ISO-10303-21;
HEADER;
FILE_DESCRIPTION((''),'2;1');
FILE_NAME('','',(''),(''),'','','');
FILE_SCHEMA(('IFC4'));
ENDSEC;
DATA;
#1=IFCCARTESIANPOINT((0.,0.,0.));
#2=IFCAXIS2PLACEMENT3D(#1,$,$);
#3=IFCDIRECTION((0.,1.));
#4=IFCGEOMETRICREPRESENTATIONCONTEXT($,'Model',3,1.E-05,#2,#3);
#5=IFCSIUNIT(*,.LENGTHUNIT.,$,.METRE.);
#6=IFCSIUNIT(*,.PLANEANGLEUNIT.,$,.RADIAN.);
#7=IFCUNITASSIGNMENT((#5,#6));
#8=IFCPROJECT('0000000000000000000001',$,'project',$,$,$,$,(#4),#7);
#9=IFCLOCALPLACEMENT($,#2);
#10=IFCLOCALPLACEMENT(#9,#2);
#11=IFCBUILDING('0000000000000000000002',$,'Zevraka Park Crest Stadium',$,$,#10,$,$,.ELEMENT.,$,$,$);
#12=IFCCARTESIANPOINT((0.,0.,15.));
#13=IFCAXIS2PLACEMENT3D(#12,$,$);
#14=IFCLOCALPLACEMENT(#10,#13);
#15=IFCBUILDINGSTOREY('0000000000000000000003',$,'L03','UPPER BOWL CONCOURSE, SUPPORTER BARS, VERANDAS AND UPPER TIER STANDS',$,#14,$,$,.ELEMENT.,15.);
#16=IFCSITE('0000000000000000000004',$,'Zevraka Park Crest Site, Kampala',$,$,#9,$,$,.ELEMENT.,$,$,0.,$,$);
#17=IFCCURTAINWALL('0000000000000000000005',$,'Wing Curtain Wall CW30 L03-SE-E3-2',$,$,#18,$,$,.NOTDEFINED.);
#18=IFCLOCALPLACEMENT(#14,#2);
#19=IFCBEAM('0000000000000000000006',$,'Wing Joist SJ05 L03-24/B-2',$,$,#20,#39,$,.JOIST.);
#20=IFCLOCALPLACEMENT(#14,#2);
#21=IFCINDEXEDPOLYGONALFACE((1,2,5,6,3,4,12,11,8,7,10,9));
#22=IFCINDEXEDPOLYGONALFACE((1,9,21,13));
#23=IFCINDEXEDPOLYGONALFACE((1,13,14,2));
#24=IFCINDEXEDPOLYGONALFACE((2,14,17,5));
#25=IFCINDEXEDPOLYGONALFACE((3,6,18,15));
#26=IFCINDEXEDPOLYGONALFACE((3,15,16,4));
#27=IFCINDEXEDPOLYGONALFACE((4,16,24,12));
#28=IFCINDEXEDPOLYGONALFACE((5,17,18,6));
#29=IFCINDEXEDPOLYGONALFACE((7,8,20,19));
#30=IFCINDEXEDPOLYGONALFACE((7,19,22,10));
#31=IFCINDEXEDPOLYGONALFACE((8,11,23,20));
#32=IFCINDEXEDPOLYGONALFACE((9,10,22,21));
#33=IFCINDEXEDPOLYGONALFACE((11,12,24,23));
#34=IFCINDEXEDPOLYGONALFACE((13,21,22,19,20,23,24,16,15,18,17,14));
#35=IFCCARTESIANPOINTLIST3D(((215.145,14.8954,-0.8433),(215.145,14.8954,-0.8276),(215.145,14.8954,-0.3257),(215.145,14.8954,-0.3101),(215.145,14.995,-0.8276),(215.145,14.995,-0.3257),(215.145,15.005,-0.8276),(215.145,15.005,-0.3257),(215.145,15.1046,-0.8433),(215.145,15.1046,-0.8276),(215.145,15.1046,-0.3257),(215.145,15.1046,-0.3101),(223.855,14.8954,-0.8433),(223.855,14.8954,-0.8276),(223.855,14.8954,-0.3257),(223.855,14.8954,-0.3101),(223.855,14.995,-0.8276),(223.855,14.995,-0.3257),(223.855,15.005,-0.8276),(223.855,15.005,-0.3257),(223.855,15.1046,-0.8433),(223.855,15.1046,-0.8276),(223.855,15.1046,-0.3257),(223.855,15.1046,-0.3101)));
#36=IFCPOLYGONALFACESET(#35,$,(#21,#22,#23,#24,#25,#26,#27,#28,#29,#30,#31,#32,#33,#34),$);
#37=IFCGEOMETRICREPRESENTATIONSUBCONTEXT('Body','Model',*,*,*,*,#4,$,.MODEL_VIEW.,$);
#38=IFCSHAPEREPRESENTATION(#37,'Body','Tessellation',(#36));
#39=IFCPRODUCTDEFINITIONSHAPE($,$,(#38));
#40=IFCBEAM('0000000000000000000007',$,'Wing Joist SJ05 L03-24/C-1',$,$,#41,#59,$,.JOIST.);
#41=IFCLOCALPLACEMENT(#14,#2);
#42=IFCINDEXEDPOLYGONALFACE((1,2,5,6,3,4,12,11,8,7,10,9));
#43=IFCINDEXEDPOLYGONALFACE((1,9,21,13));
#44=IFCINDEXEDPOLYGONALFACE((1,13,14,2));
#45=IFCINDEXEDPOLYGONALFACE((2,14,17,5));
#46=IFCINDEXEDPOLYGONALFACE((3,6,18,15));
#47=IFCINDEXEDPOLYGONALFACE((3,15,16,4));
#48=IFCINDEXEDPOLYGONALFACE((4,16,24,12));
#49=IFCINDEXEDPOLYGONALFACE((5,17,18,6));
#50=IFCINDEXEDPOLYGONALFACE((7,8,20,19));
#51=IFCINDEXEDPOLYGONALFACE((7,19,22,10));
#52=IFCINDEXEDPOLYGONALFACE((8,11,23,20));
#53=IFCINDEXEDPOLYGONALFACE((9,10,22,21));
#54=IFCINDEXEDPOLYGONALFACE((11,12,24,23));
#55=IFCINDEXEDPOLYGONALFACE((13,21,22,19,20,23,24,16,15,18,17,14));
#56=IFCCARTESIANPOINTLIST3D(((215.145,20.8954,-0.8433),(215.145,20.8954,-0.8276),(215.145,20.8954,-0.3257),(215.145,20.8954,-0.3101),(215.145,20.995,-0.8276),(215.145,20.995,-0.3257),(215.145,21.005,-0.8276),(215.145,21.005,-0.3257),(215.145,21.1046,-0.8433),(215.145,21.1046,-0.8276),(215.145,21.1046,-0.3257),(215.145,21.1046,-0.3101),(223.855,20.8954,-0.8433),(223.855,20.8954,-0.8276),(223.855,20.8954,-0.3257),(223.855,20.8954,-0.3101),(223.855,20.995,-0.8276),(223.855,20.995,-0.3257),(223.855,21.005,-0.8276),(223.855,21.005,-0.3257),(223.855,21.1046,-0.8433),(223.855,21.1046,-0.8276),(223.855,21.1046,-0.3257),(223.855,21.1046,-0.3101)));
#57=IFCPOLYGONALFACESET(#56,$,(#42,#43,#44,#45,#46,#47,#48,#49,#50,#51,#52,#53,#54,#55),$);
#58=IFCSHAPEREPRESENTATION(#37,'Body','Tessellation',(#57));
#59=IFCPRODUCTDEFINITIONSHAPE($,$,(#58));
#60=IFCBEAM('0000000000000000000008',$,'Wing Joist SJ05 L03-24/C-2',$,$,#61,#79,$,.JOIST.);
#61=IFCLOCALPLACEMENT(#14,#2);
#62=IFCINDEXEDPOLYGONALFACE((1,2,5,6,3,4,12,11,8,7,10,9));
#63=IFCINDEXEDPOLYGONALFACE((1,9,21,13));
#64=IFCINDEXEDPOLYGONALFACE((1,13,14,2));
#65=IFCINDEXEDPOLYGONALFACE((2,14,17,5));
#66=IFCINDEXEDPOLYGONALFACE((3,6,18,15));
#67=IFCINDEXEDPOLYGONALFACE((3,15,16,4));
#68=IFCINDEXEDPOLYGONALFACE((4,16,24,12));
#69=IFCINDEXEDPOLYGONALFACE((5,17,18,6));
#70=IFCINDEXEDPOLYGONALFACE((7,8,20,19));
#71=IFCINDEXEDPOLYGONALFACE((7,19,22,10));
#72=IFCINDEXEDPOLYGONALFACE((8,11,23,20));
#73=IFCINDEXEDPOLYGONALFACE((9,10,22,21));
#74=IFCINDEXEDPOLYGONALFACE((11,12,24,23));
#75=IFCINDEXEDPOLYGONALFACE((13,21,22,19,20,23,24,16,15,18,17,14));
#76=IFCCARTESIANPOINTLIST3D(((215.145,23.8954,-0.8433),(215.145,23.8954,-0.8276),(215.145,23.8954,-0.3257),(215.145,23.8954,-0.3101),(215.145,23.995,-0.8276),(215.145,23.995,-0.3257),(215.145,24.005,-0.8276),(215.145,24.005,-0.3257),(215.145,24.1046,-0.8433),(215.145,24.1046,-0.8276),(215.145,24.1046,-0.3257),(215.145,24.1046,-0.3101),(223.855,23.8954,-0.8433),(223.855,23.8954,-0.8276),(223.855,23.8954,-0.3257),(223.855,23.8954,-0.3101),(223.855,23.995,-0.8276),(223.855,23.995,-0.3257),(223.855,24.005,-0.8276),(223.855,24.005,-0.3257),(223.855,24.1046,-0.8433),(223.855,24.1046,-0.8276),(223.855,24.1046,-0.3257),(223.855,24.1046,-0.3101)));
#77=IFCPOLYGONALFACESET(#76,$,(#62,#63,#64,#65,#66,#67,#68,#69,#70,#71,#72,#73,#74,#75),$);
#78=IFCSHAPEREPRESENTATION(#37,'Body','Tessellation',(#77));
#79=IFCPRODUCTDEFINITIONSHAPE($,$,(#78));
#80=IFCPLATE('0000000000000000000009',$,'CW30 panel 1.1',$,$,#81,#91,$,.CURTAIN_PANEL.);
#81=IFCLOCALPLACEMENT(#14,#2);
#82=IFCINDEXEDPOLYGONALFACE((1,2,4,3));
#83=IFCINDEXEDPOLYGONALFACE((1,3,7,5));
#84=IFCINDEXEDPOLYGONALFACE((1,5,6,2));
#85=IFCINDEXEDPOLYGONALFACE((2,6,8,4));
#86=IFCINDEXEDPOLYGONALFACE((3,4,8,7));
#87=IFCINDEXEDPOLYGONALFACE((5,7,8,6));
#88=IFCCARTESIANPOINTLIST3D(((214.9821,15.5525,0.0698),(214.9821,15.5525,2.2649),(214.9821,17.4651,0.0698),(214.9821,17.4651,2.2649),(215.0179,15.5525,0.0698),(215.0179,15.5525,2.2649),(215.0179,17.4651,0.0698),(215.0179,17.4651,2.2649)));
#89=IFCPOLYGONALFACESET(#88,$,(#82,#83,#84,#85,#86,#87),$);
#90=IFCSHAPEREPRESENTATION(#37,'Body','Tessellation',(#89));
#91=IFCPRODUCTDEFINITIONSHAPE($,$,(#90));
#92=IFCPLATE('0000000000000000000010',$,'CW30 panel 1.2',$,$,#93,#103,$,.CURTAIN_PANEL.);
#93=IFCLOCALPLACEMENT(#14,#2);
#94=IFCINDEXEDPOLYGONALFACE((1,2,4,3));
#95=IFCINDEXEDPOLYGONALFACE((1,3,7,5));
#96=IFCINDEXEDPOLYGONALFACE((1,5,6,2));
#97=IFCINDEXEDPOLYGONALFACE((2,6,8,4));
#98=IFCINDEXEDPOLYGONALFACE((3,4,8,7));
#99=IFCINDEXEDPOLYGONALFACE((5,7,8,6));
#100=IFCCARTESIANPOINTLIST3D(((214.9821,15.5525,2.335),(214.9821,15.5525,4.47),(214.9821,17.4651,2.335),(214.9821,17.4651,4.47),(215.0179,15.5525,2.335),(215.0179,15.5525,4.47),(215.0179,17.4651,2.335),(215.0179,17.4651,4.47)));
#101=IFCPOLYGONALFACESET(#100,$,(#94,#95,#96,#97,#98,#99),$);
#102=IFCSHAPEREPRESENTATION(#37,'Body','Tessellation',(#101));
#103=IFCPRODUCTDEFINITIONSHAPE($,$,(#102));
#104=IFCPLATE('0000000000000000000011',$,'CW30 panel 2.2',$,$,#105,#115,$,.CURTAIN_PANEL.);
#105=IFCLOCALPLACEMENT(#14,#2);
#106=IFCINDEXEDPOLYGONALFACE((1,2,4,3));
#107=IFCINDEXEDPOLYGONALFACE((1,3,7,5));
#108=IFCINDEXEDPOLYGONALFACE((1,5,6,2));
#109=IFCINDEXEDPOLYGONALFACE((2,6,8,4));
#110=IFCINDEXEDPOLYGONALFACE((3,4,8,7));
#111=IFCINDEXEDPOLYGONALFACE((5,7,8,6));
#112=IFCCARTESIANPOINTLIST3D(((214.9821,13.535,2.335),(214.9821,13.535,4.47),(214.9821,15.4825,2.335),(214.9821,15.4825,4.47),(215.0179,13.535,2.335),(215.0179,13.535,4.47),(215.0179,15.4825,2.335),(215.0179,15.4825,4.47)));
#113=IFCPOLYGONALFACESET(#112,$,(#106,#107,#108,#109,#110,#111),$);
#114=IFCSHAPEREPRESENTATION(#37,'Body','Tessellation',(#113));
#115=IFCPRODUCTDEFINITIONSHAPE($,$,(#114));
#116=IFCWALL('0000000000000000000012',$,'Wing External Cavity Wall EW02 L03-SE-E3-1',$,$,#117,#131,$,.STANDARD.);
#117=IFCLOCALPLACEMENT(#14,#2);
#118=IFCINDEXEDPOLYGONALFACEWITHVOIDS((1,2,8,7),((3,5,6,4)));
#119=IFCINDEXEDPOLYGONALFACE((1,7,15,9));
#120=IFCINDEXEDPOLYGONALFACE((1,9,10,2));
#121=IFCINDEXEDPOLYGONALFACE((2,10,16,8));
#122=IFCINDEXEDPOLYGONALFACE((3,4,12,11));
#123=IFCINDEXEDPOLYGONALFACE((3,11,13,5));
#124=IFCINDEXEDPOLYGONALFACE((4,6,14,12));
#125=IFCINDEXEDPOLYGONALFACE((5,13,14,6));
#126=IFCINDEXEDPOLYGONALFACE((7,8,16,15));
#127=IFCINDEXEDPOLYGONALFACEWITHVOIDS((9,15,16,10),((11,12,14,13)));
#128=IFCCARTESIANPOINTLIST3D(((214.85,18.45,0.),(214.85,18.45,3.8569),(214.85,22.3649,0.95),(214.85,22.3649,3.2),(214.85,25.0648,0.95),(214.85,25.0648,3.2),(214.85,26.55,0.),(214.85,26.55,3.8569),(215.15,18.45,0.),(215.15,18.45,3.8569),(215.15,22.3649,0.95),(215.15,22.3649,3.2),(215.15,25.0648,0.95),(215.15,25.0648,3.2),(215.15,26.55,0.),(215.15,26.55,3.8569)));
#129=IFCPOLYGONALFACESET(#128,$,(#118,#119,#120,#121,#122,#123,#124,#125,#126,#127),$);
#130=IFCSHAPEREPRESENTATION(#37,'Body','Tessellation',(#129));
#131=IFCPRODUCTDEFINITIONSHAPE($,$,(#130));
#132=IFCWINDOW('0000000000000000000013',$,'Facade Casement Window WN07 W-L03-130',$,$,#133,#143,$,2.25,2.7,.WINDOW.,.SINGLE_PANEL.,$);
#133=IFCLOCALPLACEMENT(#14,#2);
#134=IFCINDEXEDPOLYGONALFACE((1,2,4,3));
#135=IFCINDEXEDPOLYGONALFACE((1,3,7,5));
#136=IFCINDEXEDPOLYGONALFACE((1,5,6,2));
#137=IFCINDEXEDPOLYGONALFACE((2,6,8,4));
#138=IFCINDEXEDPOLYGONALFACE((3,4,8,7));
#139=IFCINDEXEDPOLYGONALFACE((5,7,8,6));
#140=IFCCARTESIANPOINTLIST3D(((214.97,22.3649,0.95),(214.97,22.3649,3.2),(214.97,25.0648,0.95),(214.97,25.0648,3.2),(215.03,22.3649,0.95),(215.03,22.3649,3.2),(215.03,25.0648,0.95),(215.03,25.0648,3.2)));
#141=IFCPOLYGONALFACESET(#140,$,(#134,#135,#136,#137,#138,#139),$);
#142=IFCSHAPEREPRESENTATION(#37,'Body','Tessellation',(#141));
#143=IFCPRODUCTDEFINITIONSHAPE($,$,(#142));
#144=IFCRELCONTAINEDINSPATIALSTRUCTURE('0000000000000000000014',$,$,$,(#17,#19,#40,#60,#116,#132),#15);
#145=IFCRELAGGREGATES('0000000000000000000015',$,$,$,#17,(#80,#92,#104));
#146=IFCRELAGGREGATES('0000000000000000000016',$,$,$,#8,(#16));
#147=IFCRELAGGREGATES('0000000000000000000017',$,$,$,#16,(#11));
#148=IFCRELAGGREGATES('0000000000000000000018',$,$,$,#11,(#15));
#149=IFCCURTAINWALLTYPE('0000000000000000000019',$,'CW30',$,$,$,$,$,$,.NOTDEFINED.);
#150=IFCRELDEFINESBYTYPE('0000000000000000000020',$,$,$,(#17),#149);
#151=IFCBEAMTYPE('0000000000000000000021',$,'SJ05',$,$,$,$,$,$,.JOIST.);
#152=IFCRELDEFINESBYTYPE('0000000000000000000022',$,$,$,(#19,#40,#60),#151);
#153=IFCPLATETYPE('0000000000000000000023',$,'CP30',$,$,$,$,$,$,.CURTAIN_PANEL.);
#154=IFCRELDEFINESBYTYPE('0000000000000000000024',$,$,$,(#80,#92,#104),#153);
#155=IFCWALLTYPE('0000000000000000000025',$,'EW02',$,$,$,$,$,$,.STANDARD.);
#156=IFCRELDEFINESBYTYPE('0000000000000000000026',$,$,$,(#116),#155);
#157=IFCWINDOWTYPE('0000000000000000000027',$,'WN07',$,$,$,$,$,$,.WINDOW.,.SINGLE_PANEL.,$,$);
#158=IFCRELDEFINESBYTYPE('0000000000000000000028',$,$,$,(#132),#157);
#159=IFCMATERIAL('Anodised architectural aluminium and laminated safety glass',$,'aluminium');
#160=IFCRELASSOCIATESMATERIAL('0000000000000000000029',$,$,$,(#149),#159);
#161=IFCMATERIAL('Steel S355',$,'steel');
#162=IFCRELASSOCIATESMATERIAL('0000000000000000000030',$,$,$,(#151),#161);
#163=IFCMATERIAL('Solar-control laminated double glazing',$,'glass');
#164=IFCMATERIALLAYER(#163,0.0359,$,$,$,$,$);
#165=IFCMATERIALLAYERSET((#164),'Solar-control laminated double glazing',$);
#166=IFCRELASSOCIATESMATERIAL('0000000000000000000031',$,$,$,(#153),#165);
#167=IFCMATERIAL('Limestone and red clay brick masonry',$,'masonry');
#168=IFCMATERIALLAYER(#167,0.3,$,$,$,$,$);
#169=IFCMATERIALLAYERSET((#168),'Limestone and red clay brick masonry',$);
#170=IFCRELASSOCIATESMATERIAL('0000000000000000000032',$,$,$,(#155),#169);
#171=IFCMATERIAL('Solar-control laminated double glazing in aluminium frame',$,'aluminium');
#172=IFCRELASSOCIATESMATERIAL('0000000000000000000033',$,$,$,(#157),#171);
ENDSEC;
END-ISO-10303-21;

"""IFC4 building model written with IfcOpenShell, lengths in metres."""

from ifc_helpers import new_model, si_unit, direction, frame, frame_2d, origin, origin_2d, place, context, subcontext, project, spatial, rectangle, i_section, extrude, material, layer, layer_set, material_profile, profile_set, type_object, element, fill, aggregate, save


model = new_model("IFC4")

# Units and contexts
model_context = context("Model", 3, precision=1e-05, world=origin(), true_north=direction((0.0, 1.0)))
body_context = subcontext(model_context, "Body", "Model", "MODEL_VIEW")
ifc_project = project(units=[si_unit("LENGTHUNIT", "METRE"), si_unit("PLANEANGLEUNIT", "RADIAN")], contexts=[model_context])

# Site, building, storey
site_placement = place(None, origin())
site = spatial("IfcSite", under=ifc_project, at=site_placement, Name="Zevraka Park Crest Site, Kampala", CompositionType="ELEMENT", RefElevation=0.0)
building_placement = place(site_placement, origin())
building = spatial("IfcBuilding", under=site, at=building_placement, Name="Zevraka Park Crest Stadium", CompositionType="ELEMENT")
storey_placement = place(building_placement, frame((0.0, 0.0, 15.0)))
storey = spatial("IfcBuildingStorey", under=building, at=storey_placement, Name="L03", Description="UPPER BOWL CONCOURSE, SUPPORTER BARS, VERANDAS AND UPPER TIER STANDS", CompositionType="ELEMENT", Elevation=15.0)

# Curtain wall
ifc_material_1 = material(Name="Anodised architectural aluminium and laminated safety glass", Category="aluminium")
curtain_wall_type = type_object("IfcCurtainWallType", Name="CW30", PredefinedType="NOTDEFINED", material=ifc_material_1)
curtain_wall_placement = place(storey_placement, origin())
curtain_wall = element("IfcCurtainWall", 1, at=curtain_wall_placement, inside=storey, type_object=curtain_wall_type, Name="Wing Curtain Wall CW30 L03-SE-E3-2", PredefinedType="NOTDEFINED")

# Beams
ifc_material_2 = material(Name="Steel S355", Category="steel")
ifc_material_profile_1 = material_profile(ifc_material_2, i_section(OverallWidth=0.2092, OverallDepth=0.5332, WebThickness=0.01, FlangeThickness=0.0156, at=origin_2d()), Name="UKB 533x210x92")
ifc_profile_set_1 = profile_set([ifc_material_profile_1], Name="Steel S355")
beam_type_1 = type_object("IfcBeamType", Name="SJ05", PredefinedType="JOIST", material=ifc_profile_set_1)
for number, where, z_axis, x_axis, name in (
    (2, (215.145, 15.0, -0.5767), (1.0, 0.0, 0.0), (0.0, 1.0, 0.0), "Wing Joist SJ05 L03-24/B-2"),
    (3, (215.145, 21.0, -0.5767), (1.0, 0.0, 0.0), (0.0, 1.0, 0.0), "Wing Joist SJ05 L03-24/C-1"),
    (4, (215.145, 24.0, -0.5767), (1.0, 0.0, 0.0), (0.0, 1.0, 0.0), "Wing Joist SJ05 L03-24/C-2"),
):
    element("IfcBeam", number, at=place(storey_placement, frame(where, z_axis=z_axis, x_axis=x_axis)), inside=storey, type_object=beam_type_1, Name=name, PredefinedType="JOIST", context=body_context, shape_type="SweptSolid", body=[
        extrude(i_section(OverallWidth=0.2092, OverallDepth=0.5332, WebThickness=0.01, FlangeThickness=0.0156, at=origin_2d()), origin(), (0.0, 0.0, 1.0), 8.71),
    ])

# Plates
ifc_material_3 = material(Name="Solar-control laminated double glazing", Category="glass")
ifc_layer_1 = layer(ifc_material_3, 0.0359)
ifc_layer_set_1 = layer_set([ifc_layer_1], Name="Solar-control laminated double glazing")
plate_type = type_object("IfcPlateType", Name="CP30", PredefinedType="CURTAIN_PANEL", material=ifc_layer_set_1)
plate_1_placement = place(storey_placement, frame((215.0, 16.5088, 0.0698), z_axis=(0.0, 0.0, 1.0), x_axis=(0.0, -1.0, 0.0)))
plate_1 = element("IfcPlate", 5, at=plate_1_placement, type_object=plate_type, Name="CW30 panel 1.1", PredefinedType="CURTAIN_PANEL", context=body_context, shape_type="SweptSolid", body=[
    extrude(rectangle(XDim=1.9126, YDim=0.0359, at=origin_2d()), origin(), (0.0, 0.0, 1.0), 2.1951),
])
plate_2_placement = place(storey_placement, frame((215.0, 16.5088, 2.335), z_axis=(0.0, 0.0, 1.0), x_axis=(0.0, -1.0, 0.0)))
plate_2 = element("IfcPlate", 6, at=plate_2_placement, type_object=plate_type, Name="CW30 panel 1.2", PredefinedType="CURTAIN_PANEL", context=body_context, shape_type="SweptSolid", body=[
    extrude(rectangle(XDim=1.9126, YDim=0.0359, at=origin_2d()), origin(), (0.0, 0.0, 1.0), 2.135),
])
plate_3_placement = place(storey_placement, frame((215.0, 14.5088, 2.335), z_axis=(0.0, 0.0, 1.0), x_axis=(0.0, -1.0, 0.0)))
plate_3 = element("IfcPlate", 7, at=plate_3_placement, type_object=plate_type, Name="CW30 panel 2.2", PredefinedType="CURTAIN_PANEL", context=body_context, shape_type="SweptSolid", body=[
    extrude(rectangle(XDim=1.9475, YDim=0.0359, at=origin_2d()), origin(), (0.0, 0.0, 1.0), 2.135),
])
aggregate(curtain_wall, [plate_1, plate_2, plate_3])

# Wall, opening, window
ifc_material_4 = material(Name="Limestone and red clay brick masonry", Category="masonry")
ifc_layer_2 = layer(ifc_material_4, 0.3)
ifc_layer_set_2 = layer_set([ifc_layer_2], Name="Limestone and red clay brick masonry")
wall_type = type_object("IfcWallType", Name="EW02", PredefinedType="STANDARD", material=ifc_layer_set_2)
wall_placement = place(storey_placement, frame((215.0, 26.55, 0.0), z_axis=(0.0, 0.0, 1.0), x_axis=(0.0, -1.0, 0.0)))
wall = element("IfcWall", 8, at=wall_placement, inside=storey, type_object=wall_type, Name="Wing External Cavity Wall EW02 L03-SE-E3-1", PredefinedType="STANDARD", context=body_context, shape_type="SweptSolid", body=[
    extrude(rectangle(XDim=8.1001, YDim=0.3, at=frame_2d((4.05, 0.0))), origin(), (0.0, 0.0, 1.0), 3.8569),
])
opening_placement = place(wall_placement, frame((1.4851, 0.0, 0.95)))
opening = element("IfcOpeningElement", 9, at=opening_placement, cuts=wall, PredefinedType="OPENING", context=body_context, shape_type="SweptSolid", body=[
    extrude(rectangle(XDim=2.7, YDim=2.25, at=frame_2d((1.3501, 1.125))), frame((0.0, 0.1599, 0.0), z_axis=(0.0, -1.0, 0.0), x_axis=(1.0, 0.0, 0.0)), (0.0, 0.0, 1.0), 0.3201),
])
ifc_material_5 = material(Name="Solar-control laminated double glazing in aluminium frame", Category="aluminium")
window_type = type_object("IfcWindowType", Name="WN07", PartitioningType="SINGLE_PANEL", PredefinedType="WINDOW", material=ifc_material_5)
window_placement = place(opening_placement, origin())
window = element("IfcWindow", 10, at=window_placement, inside=storey, type_object=window_type, Name="Facade Casement Window WN07 W-L03-130", OverallHeight=2.25, OverallWidth=2.7, PartitioningType="SINGLE_PANEL", PredefinedType="WINDOW", context=body_context, shape_type="SweptSolid", body=[
    extrude(rectangle(XDim=2.7, YDim=2.25, at=frame_2d((1.3501, 1.125))), frame((0.0, 0.03, 0.0), z_axis=(0.0, -1.0, 0.0), x_axis=(1.0, 0.0, 0.0)), (0.0, 0.0, 1.0), 0.0601),
])
fill(opening, window)

save(model, "model.ifc")
